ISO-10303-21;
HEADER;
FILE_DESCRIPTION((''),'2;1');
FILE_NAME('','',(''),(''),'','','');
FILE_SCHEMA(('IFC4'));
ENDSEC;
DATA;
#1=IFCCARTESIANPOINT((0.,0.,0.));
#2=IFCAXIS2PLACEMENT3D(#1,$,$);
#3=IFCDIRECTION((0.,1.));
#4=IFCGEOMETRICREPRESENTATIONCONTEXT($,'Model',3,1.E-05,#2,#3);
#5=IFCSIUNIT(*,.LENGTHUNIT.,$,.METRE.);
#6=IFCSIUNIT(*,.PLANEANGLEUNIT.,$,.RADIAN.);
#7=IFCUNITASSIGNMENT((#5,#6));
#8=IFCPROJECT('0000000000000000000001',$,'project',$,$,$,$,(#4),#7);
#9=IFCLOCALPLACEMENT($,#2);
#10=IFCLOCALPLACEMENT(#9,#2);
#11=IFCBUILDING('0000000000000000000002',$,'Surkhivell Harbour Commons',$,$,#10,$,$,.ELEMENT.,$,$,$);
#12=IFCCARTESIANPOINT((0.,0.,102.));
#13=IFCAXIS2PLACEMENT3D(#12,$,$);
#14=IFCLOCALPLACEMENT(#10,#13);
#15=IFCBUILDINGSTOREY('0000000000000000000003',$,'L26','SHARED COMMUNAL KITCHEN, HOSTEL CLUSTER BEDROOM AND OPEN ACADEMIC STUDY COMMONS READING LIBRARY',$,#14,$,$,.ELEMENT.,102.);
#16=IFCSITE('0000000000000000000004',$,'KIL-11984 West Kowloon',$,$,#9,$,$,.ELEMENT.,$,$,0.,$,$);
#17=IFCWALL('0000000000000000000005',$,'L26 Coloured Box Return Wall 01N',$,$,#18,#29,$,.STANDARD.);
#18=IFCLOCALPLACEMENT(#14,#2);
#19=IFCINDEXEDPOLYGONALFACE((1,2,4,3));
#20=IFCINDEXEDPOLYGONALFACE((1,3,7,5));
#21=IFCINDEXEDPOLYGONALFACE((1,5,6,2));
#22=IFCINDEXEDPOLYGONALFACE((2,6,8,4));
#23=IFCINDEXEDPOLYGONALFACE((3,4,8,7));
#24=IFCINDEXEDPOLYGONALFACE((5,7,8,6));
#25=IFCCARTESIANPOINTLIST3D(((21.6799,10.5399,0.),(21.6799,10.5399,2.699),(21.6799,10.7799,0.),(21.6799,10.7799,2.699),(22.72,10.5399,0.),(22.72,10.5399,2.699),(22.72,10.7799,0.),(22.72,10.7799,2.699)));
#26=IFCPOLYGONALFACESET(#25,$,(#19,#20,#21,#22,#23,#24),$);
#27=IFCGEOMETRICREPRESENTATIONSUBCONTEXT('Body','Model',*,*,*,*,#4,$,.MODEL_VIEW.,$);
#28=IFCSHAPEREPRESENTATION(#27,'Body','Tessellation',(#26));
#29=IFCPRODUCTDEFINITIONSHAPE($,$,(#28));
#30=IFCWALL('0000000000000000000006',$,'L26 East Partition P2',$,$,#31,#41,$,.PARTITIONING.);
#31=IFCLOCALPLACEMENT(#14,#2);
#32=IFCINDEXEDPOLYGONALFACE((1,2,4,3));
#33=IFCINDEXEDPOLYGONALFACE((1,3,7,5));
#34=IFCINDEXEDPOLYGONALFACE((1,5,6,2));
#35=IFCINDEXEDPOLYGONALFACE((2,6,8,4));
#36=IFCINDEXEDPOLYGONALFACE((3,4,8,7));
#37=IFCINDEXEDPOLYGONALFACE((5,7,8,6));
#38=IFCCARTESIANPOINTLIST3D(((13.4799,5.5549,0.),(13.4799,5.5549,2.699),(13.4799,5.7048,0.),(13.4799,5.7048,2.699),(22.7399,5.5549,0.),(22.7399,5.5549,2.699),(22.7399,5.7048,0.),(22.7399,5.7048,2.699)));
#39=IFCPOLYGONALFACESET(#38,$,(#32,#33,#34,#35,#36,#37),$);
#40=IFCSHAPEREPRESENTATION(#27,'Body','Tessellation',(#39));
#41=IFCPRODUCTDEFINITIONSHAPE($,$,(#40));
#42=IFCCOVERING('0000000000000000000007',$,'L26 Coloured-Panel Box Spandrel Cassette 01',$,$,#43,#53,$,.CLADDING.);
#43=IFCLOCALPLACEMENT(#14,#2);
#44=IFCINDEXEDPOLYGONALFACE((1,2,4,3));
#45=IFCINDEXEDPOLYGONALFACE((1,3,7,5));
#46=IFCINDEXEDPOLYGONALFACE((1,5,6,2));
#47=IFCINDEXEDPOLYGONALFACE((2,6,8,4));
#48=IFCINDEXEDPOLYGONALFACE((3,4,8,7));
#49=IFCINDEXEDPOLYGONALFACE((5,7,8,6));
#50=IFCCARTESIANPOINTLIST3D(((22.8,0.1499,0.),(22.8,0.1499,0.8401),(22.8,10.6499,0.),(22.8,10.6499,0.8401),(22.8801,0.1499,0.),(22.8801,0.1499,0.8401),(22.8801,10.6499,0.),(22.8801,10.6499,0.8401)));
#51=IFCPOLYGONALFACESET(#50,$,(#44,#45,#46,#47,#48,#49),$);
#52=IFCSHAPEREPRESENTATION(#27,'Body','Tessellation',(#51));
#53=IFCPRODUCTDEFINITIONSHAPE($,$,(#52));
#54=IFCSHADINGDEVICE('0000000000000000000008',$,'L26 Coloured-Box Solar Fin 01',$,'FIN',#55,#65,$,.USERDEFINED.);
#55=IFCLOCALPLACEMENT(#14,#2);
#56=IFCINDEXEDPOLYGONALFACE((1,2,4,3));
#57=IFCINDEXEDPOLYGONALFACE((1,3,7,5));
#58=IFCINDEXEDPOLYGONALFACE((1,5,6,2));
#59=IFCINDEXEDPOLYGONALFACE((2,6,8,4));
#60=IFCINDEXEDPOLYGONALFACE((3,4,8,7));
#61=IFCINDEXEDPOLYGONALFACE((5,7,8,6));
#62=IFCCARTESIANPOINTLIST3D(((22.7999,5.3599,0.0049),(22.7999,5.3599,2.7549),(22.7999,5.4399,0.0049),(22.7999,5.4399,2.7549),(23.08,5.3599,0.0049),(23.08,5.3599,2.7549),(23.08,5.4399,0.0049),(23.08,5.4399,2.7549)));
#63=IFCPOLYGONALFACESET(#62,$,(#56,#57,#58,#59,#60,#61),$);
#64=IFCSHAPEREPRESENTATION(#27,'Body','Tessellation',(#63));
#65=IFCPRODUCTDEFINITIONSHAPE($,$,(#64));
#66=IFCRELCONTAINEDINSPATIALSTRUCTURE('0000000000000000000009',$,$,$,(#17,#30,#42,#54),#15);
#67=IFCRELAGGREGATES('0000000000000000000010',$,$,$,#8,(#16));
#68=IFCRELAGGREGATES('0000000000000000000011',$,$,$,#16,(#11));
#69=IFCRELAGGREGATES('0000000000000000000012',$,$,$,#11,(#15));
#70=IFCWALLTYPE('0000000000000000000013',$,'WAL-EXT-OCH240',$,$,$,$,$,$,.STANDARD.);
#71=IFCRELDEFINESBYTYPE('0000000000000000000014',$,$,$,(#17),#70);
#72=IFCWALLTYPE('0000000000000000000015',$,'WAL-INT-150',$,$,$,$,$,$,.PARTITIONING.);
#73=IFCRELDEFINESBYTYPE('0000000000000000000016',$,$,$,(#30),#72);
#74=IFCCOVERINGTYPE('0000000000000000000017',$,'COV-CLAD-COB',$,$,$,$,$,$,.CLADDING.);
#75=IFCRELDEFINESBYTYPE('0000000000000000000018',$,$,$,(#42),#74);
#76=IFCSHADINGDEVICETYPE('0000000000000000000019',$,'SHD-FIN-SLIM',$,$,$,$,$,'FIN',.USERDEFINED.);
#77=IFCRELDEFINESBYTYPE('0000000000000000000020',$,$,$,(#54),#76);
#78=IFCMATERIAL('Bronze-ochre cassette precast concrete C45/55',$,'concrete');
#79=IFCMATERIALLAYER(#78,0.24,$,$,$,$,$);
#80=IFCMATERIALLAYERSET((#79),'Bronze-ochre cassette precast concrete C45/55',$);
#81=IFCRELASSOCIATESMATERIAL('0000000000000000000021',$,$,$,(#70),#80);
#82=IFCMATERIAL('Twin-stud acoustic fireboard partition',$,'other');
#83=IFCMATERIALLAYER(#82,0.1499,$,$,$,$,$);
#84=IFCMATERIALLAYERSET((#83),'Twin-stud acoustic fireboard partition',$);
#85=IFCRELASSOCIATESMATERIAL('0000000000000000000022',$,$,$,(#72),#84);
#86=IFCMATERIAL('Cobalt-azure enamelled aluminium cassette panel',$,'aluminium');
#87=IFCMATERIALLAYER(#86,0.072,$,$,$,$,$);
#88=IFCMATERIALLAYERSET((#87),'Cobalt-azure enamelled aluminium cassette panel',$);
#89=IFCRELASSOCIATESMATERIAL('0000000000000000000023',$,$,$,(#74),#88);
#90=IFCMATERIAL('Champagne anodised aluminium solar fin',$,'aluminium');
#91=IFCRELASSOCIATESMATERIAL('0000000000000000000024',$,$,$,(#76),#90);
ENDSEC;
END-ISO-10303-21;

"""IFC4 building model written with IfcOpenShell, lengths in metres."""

from ifc_helpers import new_model, si_unit, direction, frame, frame_2d, origin, origin_2d, place, context, subcontext, project, spatial, rectangle, extrude, material, layer, layer_set, type_object, element, save


model = new_model("IFC4")

# Units and contexts
model_context = context("Model", 3, precision=1e-05, world=origin(), true_north=direction((0.0, 1.0)))
body_context = subcontext(model_context, "Body", "Model", "MODEL_VIEW")
ifc_project = project(units=[si_unit("LENGTHUNIT", "METRE"), si_unit("PLANEANGLEUNIT", "RADIAN")], contexts=[model_context])

# Site, building, storey
site_placement = place(None, origin())
site = spatial("IfcSite", under=ifc_project, at=site_placement, Name="KIL-11984 West Kowloon", CompositionType="ELEMENT", RefElevation=0.0)
building_placement = place(site_placement, origin())
building = spatial("IfcBuilding", under=site, at=building_placement, Name="Surkhivell Harbour Commons", CompositionType="ELEMENT")
storey_placement = place(building_placement, frame((0.0, 0.0, 102.0)))
storey = spatial("IfcBuildingStorey", under=building, at=storey_placement, Name="L26", Description="SHARED COMMUNAL KITCHEN, HOSTEL CLUSTER BEDROOM AND OPEN ACADEMIC STUDY COMMONS READING LIBRARY", CompositionType="ELEMENT", Elevation=102.0)

# Walls
ifc_material_1 = material(Name="Bronze-ochre cassette precast concrete C45/55", Category="concrete")
ifc_layer_1 = layer(ifc_material_1, 0.24)
ifc_layer_set_1 = layer_set([ifc_layer_1], Name="Bronze-ochre cassette precast concrete C45/55")
wall_type_1 = type_object("IfcWallType", Name="WAL-EXT-OCH240", PredefinedType="STANDARD", material=ifc_layer_set_1)
wall_1_placement = place(storey_placement, frame((21.6799, 10.6599, 0.0), z_axis=(0.0, 0.0, 1.0), x_axis=(1.0, 0.0, 0.0)))
element("IfcWall", 1, at=wall_1_placement, inside=storey, type_object=wall_type_1, Name="L26 Coloured Box Return Wall 01N", PredefinedType="STANDARD", context=body_context, shape_type="SweptSolid", body=[
    extrude(rectangle(XDim=1.04, YDim=0.24, at=frame_2d((0.52, 0.0))), origin(), (0.0, 0.0, 1.0), 2.699),
])
ifc_material_2 = material(Name="Twin-stud acoustic fireboard partition", Category="other")
ifc_layer_2 = layer(ifc_material_2, 0.1499)
ifc_layer_set_2 = layer_set([ifc_layer_2], Name="Twin-stud acoustic fireboard partition")
wall_type_2 = type_object("IfcWallType", Name="WAL-INT-150", PredefinedType="PARTITIONING", material=ifc_layer_set_2)
wall_2_placement = place(storey_placement, frame((13.48, 5.6299, 0.0), z_axis=(0.0, 0.0, 1.0), x_axis=(1.0, 0.0, 0.0)))
element("IfcWall", 2, at=wall_2_placement, inside=storey, type_object=wall_type_2, Name="L26 East Partition P2", PredefinedType="PARTITIONING", context=body_context, shape_type="SweptSolid", body=[
    extrude(rectangle(XDim=9.26, YDim=0.1499, at=frame_2d((4.6299, 0.0))), origin(), (0.0, 0.0, 1.0), 2.699),
])

# Covering
ifc_material_3 = material(Name="Cobalt-azure enamelled aluminium cassette panel", Category="aluminium")
ifc_layer_3 = layer(ifc_material_3, 0.072)
ifc_layer_set_3 = layer_set([ifc_layer_3], Name="Cobalt-azure enamelled aluminium cassette panel")
covering_type = type_object("IfcCoveringType", Name="COV-CLAD-COB", PredefinedType="CLADDING", material=ifc_layer_set_3)
covering_placement = place(storey_placement, frame((22.8401, 5.3999, 0.0), z_axis=(0.0, 0.0, 1.0), x_axis=(1.0, 0.0, 0.0)))
element("IfcCovering", 3, at=covering_placement, inside=storey, type_object=covering_type, Name="L26 Coloured-Panel Box Spandrel Cassette 01", PredefinedType="CLADDING", context=body_context, shape_type="SweptSolid", body=[
    extrude(rectangle(XDim=0.0801, YDim=10.5, at=origin_2d()), origin(), (0.0, 0.0, 1.0), 0.8401),
])

# Shading device
ifc_material_4 = material(Name="Champagne anodised aluminium solar fin", Category="aluminium")
shading_device_type = type_object("IfcShadingDeviceType", Name="SHD-FIN-SLIM", ElementType="FIN", PredefinedType="USERDEFINED", material=ifc_material_4)
shading_device_placement = place(storey_placement, frame((22.9399, 5.3999, 0.0049), z_axis=(0.0, 0.0, 1.0), x_axis=(1.0, 0.0, 0.0)))
element("IfcShadingDevice", 4, at=shading_device_placement, inside=storey, type_object=shading_device_type, Name="L26 Coloured-Box Solar Fin 01", ObjectType="FIN", PredefinedType="USERDEFINED", context=body_context, shape_type="SweptSolid", body=[
    extrude(rectangle(XDim=0.28, YDim=0.0801, at=origin_2d()), origin(), (0.0, 0.0, 1.0), 2.75),
])

save(model, "model.ifc")
